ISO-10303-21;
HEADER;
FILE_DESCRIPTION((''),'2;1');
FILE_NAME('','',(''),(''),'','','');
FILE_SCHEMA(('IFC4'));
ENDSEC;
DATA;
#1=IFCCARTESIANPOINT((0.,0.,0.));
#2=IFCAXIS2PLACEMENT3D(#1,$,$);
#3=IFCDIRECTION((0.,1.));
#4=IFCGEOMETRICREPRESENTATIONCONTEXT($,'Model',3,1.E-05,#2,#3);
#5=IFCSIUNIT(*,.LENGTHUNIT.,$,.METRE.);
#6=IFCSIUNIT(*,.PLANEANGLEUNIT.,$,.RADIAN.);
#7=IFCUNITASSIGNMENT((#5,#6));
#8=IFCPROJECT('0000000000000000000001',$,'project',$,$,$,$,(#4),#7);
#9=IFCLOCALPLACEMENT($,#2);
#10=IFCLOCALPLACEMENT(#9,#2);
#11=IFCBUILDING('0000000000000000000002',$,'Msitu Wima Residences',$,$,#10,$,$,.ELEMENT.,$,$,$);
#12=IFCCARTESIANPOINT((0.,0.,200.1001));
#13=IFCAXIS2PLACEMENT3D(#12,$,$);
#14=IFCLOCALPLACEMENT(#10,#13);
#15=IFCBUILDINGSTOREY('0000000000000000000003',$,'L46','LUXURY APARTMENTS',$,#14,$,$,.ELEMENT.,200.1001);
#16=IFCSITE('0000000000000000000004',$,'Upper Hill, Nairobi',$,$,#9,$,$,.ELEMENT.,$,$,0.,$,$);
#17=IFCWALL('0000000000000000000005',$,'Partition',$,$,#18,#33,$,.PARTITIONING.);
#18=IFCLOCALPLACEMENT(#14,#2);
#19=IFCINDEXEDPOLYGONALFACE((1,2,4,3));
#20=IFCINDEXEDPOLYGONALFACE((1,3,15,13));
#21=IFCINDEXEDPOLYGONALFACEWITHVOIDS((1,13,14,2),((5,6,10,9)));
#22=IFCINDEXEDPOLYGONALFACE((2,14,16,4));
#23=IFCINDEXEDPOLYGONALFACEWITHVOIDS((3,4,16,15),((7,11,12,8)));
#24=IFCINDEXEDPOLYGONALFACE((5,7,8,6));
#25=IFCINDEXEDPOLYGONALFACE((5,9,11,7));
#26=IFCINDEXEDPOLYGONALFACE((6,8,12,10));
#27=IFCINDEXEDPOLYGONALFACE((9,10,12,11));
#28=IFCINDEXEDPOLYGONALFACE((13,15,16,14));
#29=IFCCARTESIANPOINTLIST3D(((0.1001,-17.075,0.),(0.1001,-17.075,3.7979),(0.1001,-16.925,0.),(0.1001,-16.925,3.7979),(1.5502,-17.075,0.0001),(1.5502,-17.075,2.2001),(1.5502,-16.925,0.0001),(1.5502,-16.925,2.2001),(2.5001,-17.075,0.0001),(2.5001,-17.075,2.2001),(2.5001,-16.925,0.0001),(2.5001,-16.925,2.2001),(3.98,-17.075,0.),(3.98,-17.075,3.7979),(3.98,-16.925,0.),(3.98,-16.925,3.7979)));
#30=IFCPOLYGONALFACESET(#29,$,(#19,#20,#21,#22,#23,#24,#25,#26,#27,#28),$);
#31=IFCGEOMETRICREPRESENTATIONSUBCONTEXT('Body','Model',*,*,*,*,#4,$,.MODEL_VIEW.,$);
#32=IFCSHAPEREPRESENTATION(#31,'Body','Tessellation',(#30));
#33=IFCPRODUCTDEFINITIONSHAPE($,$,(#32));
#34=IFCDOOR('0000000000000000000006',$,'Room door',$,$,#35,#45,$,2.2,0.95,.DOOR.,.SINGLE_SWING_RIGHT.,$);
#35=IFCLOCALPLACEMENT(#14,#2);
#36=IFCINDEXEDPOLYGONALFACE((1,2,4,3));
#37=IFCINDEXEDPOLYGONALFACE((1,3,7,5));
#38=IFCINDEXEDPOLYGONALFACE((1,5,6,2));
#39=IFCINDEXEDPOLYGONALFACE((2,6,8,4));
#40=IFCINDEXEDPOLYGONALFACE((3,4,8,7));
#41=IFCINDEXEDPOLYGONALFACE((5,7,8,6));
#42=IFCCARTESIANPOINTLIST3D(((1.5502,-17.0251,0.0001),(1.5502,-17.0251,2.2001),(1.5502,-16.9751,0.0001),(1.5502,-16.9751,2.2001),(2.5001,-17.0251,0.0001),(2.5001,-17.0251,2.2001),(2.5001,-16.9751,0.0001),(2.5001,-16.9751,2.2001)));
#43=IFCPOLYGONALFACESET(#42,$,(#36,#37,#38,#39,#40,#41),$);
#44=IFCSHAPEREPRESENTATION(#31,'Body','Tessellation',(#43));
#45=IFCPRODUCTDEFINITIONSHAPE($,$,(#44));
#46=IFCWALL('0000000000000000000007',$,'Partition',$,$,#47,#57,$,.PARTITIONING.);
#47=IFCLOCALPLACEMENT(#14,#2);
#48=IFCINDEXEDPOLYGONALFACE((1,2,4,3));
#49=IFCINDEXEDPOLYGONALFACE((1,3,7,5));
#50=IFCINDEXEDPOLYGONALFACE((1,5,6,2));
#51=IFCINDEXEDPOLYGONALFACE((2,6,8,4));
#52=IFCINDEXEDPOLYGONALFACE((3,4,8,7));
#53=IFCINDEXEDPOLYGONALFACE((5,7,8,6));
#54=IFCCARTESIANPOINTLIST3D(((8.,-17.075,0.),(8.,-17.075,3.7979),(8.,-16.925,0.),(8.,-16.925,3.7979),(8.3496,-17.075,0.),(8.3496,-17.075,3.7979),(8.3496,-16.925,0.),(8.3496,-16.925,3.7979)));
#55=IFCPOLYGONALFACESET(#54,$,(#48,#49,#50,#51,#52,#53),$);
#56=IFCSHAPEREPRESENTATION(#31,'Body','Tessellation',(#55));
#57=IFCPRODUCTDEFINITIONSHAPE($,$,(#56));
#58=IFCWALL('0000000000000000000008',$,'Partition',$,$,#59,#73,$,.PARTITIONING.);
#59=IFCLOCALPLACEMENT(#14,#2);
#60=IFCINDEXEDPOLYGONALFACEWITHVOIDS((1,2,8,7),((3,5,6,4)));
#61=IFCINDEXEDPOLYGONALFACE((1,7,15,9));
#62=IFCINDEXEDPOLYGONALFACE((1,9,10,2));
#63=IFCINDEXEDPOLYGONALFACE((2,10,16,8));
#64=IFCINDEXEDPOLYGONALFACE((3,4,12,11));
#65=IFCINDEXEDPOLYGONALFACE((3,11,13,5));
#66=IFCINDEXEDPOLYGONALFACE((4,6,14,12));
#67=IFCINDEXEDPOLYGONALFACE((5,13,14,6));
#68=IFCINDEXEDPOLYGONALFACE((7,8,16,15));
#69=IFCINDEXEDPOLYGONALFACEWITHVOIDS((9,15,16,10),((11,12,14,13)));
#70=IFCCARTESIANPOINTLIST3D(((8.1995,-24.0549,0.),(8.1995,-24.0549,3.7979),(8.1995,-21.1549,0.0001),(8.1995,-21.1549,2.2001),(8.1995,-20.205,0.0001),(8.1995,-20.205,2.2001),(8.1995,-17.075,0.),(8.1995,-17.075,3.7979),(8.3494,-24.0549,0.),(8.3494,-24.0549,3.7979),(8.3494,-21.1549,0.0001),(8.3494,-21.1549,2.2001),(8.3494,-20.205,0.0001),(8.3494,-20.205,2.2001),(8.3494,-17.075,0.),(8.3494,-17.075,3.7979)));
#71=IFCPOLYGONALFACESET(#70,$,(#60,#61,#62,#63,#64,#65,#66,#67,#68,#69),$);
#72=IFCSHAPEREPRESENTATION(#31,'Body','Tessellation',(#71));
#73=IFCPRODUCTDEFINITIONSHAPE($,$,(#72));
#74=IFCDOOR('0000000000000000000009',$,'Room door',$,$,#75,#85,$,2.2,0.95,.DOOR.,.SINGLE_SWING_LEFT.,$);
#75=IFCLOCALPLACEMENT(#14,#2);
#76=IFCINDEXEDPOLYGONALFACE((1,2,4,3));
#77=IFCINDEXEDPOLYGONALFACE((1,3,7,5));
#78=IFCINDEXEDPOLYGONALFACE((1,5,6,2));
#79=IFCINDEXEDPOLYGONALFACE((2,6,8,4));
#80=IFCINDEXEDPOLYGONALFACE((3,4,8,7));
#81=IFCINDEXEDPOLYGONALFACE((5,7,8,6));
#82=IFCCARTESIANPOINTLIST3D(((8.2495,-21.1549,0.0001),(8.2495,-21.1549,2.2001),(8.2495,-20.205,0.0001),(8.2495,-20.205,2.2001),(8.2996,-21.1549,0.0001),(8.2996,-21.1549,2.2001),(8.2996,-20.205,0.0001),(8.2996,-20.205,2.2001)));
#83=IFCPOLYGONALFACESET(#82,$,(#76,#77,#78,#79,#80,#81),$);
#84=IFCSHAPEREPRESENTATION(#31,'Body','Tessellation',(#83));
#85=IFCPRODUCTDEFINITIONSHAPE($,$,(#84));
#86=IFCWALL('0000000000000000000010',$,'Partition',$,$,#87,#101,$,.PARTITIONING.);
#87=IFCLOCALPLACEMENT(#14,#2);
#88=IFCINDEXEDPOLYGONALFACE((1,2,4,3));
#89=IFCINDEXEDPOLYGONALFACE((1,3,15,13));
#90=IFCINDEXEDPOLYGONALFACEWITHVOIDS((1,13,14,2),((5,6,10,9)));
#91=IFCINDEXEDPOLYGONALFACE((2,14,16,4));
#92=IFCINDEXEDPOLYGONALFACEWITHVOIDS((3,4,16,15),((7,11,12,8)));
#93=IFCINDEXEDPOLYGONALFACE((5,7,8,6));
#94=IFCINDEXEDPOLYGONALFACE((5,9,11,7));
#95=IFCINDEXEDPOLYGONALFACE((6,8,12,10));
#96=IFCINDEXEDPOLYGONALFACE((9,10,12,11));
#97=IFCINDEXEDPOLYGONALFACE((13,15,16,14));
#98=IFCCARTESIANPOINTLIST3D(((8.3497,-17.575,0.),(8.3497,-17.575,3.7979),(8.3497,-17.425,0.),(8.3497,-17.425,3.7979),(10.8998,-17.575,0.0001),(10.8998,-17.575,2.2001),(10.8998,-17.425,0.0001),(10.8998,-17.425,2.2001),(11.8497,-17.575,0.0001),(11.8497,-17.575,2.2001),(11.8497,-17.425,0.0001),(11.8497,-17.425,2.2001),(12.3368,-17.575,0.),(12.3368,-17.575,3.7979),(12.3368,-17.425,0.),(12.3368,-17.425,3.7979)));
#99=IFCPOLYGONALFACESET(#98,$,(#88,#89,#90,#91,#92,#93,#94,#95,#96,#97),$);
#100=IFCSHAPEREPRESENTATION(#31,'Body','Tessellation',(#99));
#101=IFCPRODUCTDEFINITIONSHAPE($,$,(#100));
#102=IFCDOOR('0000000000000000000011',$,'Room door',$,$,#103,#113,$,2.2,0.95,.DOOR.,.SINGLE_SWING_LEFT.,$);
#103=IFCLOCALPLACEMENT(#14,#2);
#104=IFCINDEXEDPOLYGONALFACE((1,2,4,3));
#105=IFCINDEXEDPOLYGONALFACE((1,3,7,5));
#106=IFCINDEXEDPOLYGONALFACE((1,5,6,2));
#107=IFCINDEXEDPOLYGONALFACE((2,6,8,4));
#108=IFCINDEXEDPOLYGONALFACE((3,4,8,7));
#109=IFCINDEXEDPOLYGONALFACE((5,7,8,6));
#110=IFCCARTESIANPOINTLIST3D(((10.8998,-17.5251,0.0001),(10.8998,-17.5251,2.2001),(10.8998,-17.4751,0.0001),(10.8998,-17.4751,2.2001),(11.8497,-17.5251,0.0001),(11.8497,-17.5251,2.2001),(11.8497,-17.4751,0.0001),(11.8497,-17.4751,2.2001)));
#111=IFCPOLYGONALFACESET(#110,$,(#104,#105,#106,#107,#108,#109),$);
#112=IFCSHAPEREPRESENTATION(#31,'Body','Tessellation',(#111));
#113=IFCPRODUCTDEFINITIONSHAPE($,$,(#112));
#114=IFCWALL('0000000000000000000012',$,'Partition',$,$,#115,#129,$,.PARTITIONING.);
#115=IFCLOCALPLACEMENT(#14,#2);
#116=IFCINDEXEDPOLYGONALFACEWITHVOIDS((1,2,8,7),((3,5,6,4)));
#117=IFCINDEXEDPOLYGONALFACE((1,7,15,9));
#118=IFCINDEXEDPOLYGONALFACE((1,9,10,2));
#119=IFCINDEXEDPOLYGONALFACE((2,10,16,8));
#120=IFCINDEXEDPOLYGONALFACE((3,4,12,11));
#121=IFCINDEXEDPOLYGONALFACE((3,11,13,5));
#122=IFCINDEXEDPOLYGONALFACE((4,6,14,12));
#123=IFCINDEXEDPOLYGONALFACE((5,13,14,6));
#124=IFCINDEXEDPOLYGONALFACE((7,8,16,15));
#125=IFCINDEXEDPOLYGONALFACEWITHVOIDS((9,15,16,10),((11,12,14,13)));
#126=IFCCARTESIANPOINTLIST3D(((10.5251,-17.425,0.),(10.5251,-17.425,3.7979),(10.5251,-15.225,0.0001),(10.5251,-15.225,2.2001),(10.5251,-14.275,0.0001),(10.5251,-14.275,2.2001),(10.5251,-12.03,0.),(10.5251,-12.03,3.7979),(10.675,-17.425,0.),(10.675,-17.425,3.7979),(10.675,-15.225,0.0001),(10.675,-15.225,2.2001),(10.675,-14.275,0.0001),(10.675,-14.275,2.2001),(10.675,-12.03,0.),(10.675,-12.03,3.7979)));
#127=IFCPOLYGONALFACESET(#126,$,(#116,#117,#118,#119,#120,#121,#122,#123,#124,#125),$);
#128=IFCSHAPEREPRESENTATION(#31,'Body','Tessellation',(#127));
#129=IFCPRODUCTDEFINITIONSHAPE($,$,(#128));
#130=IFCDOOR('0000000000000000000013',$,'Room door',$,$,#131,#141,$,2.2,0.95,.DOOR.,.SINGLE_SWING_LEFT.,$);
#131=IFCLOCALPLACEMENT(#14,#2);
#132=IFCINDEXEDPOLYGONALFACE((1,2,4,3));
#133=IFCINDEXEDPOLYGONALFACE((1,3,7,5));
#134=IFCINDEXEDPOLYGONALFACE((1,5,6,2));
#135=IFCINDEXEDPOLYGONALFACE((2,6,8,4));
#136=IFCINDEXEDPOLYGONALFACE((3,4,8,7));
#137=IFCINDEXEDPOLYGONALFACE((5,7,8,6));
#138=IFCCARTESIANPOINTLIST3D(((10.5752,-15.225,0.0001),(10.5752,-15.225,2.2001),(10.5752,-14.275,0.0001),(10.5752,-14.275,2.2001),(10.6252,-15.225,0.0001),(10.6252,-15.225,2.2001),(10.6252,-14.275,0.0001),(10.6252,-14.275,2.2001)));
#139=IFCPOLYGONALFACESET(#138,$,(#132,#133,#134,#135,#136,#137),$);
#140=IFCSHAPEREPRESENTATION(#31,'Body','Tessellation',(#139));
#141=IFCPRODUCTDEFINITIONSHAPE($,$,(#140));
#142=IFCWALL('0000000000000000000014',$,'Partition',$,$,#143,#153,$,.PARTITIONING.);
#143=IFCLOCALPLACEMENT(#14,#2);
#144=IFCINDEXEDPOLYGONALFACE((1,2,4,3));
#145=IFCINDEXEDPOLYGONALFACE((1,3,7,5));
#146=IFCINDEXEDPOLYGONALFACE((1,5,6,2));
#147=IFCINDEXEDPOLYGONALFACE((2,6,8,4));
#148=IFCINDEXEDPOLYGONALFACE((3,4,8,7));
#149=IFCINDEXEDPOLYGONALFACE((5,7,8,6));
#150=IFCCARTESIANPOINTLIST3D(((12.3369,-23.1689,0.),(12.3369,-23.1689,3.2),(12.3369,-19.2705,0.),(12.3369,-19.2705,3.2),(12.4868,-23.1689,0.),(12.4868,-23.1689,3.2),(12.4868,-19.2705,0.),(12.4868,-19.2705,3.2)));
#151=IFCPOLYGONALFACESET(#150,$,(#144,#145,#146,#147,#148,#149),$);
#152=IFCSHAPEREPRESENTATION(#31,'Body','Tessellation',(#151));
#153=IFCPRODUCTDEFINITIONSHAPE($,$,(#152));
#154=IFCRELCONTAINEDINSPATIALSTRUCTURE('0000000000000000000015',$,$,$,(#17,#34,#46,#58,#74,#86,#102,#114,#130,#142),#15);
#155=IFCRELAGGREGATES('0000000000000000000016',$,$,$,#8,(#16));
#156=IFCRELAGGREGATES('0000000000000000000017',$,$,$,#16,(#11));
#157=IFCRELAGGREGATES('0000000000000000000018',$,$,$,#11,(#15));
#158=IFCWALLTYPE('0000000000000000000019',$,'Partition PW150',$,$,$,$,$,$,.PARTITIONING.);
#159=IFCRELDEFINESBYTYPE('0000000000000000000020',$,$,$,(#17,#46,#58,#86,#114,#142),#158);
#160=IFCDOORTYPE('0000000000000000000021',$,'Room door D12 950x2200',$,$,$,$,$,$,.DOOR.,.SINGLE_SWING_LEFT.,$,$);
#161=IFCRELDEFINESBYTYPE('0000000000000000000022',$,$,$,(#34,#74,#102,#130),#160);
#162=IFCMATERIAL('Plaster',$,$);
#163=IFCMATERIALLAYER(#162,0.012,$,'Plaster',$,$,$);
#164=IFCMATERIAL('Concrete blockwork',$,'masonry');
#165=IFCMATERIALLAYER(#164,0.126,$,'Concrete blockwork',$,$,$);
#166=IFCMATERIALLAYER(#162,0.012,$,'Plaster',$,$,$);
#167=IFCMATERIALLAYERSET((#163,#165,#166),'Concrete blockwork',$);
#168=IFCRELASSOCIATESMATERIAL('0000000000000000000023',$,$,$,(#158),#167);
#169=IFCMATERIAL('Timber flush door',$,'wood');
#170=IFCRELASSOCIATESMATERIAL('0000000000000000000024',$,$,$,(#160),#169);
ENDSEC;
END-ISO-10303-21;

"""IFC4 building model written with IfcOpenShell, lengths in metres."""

from ifc_helpers import new_model, si_unit, direction, frame, frame_2d, origin, place, context, subcontext, project, spatial, rectangle, extrude, material, layer, layer_set, type_object, element, fill, save


model = new_model("IFC4")

# Units and contexts
model_context = context("Model", 3, precision=1e-05, world=origin(), true_north=direction((0.0, 1.0)))
body_context = subcontext(model_context, "Body", "Model", "MODEL_VIEW")
ifc_project = project(units=[si_unit("LENGTHUNIT", "METRE"), si_unit("PLANEANGLEUNIT", "RADIAN")], contexts=[model_context])

# Site, building, storey
site_placement = place(None, origin())
site = spatial("IfcSite", under=ifc_project, at=site_placement, Name="Upper Hill, Nairobi", CompositionType="ELEMENT", RefElevation=0.0)
building_placement = place(site_placement, origin())
building = spatial("IfcBuilding", under=site, at=building_placement, Name="Msitu Wima Residences", CompositionType="ELEMENT")
storey_placement = place(building_placement, frame((0.0, 0.0, 200.1001)))
storey = spatial("IfcBuildingStorey", under=building, at=storey_placement, Name="L46", Description="LUXURY APARTMENTS", CompositionType="ELEMENT", Elevation=200.1001)

# Wall, opening, door
ifc_material_1 = material(Name="Plaster")
ifc_layer_1 = layer(ifc_material_1, 0.012, Name="Plaster")
ifc_material_2 = material(Name="Concrete blockwork", Category="masonry")
ifc_layer_2 = layer(ifc_material_2, 0.126, Name="Concrete blockwork")
ifc_layer_3 = layer(ifc_material_1, 0.012, Name="Plaster")
ifc_layer_set_1 = layer_set([ifc_layer_1, ifc_layer_2, ifc_layer_3], Name="Concrete blockwork")
wall_type_1 = type_object("IfcWallType", Name="Partition PW150", PredefinedType="PARTITIONING", material=ifc_layer_set_1)
wall_1_placement = place(storey_placement, frame((0.1001, -17.0, 0.0), z_axis=(0.0, 0.0, 1.0), x_axis=(1.0, 0.0, 0.0)))
wall_1 = element("IfcWall", 1, at=wall_1_placement, inside=storey, type_object=wall_type_1, Name="Partition", PredefinedType="PARTITIONING", context=body_context, shape_type="SweptSolid", body=[
    extrude(rectangle(XDim=3.8799, YDim=0.1499, at=frame_2d((1.9399, 0.0))), origin(), (0.0, 0.0, 1.0), 3.7979),
])
opening_1_placement = place(wall_1_placement, frame((1.45, 0.0, 0.0)))
opening_1 = element("IfcOpeningElement", 2, at=opening_1_placement, cuts=wall_1, PredefinedType="OPENING", context=body_context, shape_type="SweptSolid", body=[
    extrude(rectangle(XDim=0.95, YDim=2.2, at=frame_2d((0.4751, 1.1001))), frame((0.0, 0.085, 0.0), z_axis=(0.0, -1.0, 0.0), x_axis=(1.0, 0.0, 0.0)), (0.0, 0.0, 1.0), 0.1699),
])
ifc_material_3 = material(Name="Timber flush door", Category="wood")
door_type_1 = type_object("IfcDoorType", Name="Room door D12 950x2200", OperationType="SINGLE_SWING_LEFT", PredefinedType="DOOR", material=ifc_material_3)
door_1_placement = place(opening_1_placement, origin())
door_1 = element("IfcDoor", 3, at=door_1_placement, inside=storey, type_object=door_type_1, Name="Room door", OperationType="SINGLE_SWING_RIGHT", OverallHeight=2.2, OverallWidth=0.95, PredefinedType="DOOR", context=body_context, shape_type="SweptSolid", body=[
    extrude(rectangle(XDim=0.95, YDim=2.2, at=frame_2d((0.4751, 1.1001))), frame((0.0, 0.0249, 0.0), z_axis=(0.0, -1.0, 0.0), x_axis=(1.0, 0.0, 0.0)), (0.0, 0.0, 1.0), 0.05),
])
fill(opening_1, door_1)

# Wall
wall_2_placement = place(storey_placement, frame((8.0, -17.0, 0.0), z_axis=(0.0, 0.0, 1.0), x_axis=(1.0, 0.0, 0.0)))
element("IfcWall", 4, at=wall_2_placement, inside=storey, type_object=wall_type_1, Name="Partition", PredefinedType="PARTITIONING", context=body_context, shape_type="SweptSolid", body=[
    extrude(rectangle(XDim=0.3496, YDim=0.1499, at=frame_2d((0.1748, 0.0))), origin(), (0.0, 0.0, 1.0), 3.7979),
])

# Walls, openings, doors
wall_3_placement = place(storey_placement, frame((8.2744, -24.0549, 0.0), z_axis=(0.0, 0.0, 1.0), x_axis=(0.0, 1.0, 0.0)))
wall_3 = element("IfcWall", 5, at=wall_3_placement, inside=storey, type_object=wall_type_1, Name="Partition", PredefinedType="PARTITIONING", context=body_context, shape_type="SweptSolid", body=[
    extrude(rectangle(XDim=6.98, YDim=0.1499, at=frame_2d((3.49, 0.0))), origin(), (0.0, 0.0, 1.0), 3.7979),
])
opening_2_placement = place(wall_3_placement, frame((2.8999, 0.0, 0.0)))
opening_2 = element("IfcOpeningElement", 6, at=opening_2_placement, cuts=wall_3, PredefinedType="OPENING", context=body_context, shape_type="SweptSolid", body=[
    extrude(rectangle(XDim=0.95, YDim=2.2, at=frame_2d((0.4751, 1.1001))), frame((0.0, 0.085, 0.0), z_axis=(0.0, -1.0, 0.0), x_axis=(1.0, 0.0, 0.0)), (0.0, 0.0, 1.0), 0.1699),
])
door_2_placement = place(opening_2_placement, origin())
door_2 = element("IfcDoor", 7, at=door_2_placement, inside=storey, type_object=door_type_1, Name="Room door", OperationType="SINGLE_SWING_LEFT", OverallHeight=2.2, OverallWidth=0.95, PredefinedType="DOOR", context=body_context, shape_type="SweptSolid", body=[
    extrude(rectangle(XDim=0.95, YDim=2.2, at=frame_2d((0.4751, 1.1001))), frame((0.0, 0.0249, 0.0), z_axis=(0.0, -1.0, 0.0), x_axis=(1.0, 0.0, 0.0)), (0.0, 0.0, 1.0), 0.05),
])
fill(opening_2, door_2)
wall_4_placement = place(storey_placement, frame((8.3496, -17.5, 0.0), z_axis=(0.0, 0.0, 1.0), x_axis=(1.0, 0.0, 0.0)))
wall_4 = element("IfcWall", 8, at=wall_4_placement, inside=storey, type_object=wall_type_1, Name="Partition", PredefinedType="PARTITIONING", context=body_context, shape_type="SweptSolid", body=[
    extrude(rectangle(XDim=3.9871, YDim=0.1499, at=frame_2d((1.9937, 0.0))), origin(), (0.0, 0.0, 1.0), 3.7979),
])
opening_3_placement = place(wall_4_placement, frame((2.55, 0.0, 0.0)))
opening_3 = element("IfcOpeningElement", 9, at=opening_3_placement, cuts=wall_4, PredefinedType="OPENING", context=body_context, shape_type="SweptSolid", body=[
    extrude(rectangle(XDim=0.95, YDim=2.2, at=frame_2d((0.4751, 1.1001))), frame((0.0, 0.085, 0.0), z_axis=(0.0, -1.0, 0.0), x_axis=(1.0, 0.0, 0.0)), (0.0, 0.0, 1.0), 0.1699),
])
door_3_placement = place(opening_3_placement, origin())
door_3 = element("IfcDoor", 10, at=door_3_placement, inside=storey, type_object=door_type_1, Name="Room door", OperationType="SINGLE_SWING_LEFT", OverallHeight=2.2, OverallWidth=0.95, PredefinedType="DOOR", context=body_context, shape_type="SweptSolid", body=[
    extrude(rectangle(XDim=0.95, YDim=2.2, at=frame_2d((0.4751, 1.1001))), frame((0.0, 0.0249, 0.0), z_axis=(0.0, -1.0, 0.0), x_axis=(1.0, 0.0, 0.0)), (0.0, 0.0, 1.0), 0.05),
])
fill(opening_3, door_3)
wall_5_placement = place(storey_placement, frame((10.6001, -17.425, 0.0), z_axis=(0.0, 0.0, 1.0), x_axis=(0.0, 1.0, 0.0)))
wall_5 = element("IfcWall", 11, at=wall_5_placement, inside=storey, type_object=wall_type_1, Name="Partition", PredefinedType="PARTITIONING", context=body_context, shape_type="SweptSolid", body=[
    extrude(rectangle(XDim=5.395, YDim=0.1499, at=frame_2d((2.6975, 0.0))), origin(), (0.0, 0.0, 1.0), 3.7979),
])
opening_4_placement = place(wall_5_placement, frame((2.2, 0.0, 0.0)))
opening_4 = element("IfcOpeningElement", 12, at=opening_4_placement, cuts=wall_5, PredefinedType="OPENING", context=body_context, shape_type="SweptSolid", body=[
    extrude(rectangle(XDim=0.95, YDim=2.2, at=frame_2d((0.4751, 1.1001))), frame((0.0, 0.085, 0.0), z_axis=(0.0, -1.0, 0.0), x_axis=(1.0, 0.0, 0.0)), (0.0, 0.0, 1.0), 0.1699),
])
door_4_placement = place(opening_4_placement, origin())
door_4 = element("IfcDoor", 13, at=door_4_placement, inside=storey, type_object=door_type_1, Name="Room door", OperationType="SINGLE_SWING_LEFT", OverallHeight=2.2, OverallWidth=0.95, PredefinedType="DOOR", context=body_context, shape_type="SweptSolid", body=[
    extrude(rectangle(XDim=0.95, YDim=2.2, at=frame_2d((0.4751, 1.1001))), frame((0.0, 0.0249, 0.0), z_axis=(0.0, -1.0, 0.0), x_axis=(1.0, 0.0, 0.0)), (0.0, 0.0, 1.0), 0.05),
])
fill(opening_4, door_4)

# Wall
wall_6_placement = place(storey_placement, frame((12.4119, -23.1689, 0.0), z_axis=(0.0, 0.0, 1.0), x_axis=(0.0, 1.0, 0.0)))
element("IfcWall", 14, at=wall_6_placement, inside=storey, type_object=wall_type_1, Name="Partition", PredefinedType="PARTITIONING", context=body_context, shape_type="SweptSolid", body=[
    extrude(rectangle(XDim=3.8984, YDim=0.1499, at=frame_2d((1.9492, 0.0))), origin(), (0.0, 0.0, 1.0), 3.2),
])

save(model, "model.ifc")
